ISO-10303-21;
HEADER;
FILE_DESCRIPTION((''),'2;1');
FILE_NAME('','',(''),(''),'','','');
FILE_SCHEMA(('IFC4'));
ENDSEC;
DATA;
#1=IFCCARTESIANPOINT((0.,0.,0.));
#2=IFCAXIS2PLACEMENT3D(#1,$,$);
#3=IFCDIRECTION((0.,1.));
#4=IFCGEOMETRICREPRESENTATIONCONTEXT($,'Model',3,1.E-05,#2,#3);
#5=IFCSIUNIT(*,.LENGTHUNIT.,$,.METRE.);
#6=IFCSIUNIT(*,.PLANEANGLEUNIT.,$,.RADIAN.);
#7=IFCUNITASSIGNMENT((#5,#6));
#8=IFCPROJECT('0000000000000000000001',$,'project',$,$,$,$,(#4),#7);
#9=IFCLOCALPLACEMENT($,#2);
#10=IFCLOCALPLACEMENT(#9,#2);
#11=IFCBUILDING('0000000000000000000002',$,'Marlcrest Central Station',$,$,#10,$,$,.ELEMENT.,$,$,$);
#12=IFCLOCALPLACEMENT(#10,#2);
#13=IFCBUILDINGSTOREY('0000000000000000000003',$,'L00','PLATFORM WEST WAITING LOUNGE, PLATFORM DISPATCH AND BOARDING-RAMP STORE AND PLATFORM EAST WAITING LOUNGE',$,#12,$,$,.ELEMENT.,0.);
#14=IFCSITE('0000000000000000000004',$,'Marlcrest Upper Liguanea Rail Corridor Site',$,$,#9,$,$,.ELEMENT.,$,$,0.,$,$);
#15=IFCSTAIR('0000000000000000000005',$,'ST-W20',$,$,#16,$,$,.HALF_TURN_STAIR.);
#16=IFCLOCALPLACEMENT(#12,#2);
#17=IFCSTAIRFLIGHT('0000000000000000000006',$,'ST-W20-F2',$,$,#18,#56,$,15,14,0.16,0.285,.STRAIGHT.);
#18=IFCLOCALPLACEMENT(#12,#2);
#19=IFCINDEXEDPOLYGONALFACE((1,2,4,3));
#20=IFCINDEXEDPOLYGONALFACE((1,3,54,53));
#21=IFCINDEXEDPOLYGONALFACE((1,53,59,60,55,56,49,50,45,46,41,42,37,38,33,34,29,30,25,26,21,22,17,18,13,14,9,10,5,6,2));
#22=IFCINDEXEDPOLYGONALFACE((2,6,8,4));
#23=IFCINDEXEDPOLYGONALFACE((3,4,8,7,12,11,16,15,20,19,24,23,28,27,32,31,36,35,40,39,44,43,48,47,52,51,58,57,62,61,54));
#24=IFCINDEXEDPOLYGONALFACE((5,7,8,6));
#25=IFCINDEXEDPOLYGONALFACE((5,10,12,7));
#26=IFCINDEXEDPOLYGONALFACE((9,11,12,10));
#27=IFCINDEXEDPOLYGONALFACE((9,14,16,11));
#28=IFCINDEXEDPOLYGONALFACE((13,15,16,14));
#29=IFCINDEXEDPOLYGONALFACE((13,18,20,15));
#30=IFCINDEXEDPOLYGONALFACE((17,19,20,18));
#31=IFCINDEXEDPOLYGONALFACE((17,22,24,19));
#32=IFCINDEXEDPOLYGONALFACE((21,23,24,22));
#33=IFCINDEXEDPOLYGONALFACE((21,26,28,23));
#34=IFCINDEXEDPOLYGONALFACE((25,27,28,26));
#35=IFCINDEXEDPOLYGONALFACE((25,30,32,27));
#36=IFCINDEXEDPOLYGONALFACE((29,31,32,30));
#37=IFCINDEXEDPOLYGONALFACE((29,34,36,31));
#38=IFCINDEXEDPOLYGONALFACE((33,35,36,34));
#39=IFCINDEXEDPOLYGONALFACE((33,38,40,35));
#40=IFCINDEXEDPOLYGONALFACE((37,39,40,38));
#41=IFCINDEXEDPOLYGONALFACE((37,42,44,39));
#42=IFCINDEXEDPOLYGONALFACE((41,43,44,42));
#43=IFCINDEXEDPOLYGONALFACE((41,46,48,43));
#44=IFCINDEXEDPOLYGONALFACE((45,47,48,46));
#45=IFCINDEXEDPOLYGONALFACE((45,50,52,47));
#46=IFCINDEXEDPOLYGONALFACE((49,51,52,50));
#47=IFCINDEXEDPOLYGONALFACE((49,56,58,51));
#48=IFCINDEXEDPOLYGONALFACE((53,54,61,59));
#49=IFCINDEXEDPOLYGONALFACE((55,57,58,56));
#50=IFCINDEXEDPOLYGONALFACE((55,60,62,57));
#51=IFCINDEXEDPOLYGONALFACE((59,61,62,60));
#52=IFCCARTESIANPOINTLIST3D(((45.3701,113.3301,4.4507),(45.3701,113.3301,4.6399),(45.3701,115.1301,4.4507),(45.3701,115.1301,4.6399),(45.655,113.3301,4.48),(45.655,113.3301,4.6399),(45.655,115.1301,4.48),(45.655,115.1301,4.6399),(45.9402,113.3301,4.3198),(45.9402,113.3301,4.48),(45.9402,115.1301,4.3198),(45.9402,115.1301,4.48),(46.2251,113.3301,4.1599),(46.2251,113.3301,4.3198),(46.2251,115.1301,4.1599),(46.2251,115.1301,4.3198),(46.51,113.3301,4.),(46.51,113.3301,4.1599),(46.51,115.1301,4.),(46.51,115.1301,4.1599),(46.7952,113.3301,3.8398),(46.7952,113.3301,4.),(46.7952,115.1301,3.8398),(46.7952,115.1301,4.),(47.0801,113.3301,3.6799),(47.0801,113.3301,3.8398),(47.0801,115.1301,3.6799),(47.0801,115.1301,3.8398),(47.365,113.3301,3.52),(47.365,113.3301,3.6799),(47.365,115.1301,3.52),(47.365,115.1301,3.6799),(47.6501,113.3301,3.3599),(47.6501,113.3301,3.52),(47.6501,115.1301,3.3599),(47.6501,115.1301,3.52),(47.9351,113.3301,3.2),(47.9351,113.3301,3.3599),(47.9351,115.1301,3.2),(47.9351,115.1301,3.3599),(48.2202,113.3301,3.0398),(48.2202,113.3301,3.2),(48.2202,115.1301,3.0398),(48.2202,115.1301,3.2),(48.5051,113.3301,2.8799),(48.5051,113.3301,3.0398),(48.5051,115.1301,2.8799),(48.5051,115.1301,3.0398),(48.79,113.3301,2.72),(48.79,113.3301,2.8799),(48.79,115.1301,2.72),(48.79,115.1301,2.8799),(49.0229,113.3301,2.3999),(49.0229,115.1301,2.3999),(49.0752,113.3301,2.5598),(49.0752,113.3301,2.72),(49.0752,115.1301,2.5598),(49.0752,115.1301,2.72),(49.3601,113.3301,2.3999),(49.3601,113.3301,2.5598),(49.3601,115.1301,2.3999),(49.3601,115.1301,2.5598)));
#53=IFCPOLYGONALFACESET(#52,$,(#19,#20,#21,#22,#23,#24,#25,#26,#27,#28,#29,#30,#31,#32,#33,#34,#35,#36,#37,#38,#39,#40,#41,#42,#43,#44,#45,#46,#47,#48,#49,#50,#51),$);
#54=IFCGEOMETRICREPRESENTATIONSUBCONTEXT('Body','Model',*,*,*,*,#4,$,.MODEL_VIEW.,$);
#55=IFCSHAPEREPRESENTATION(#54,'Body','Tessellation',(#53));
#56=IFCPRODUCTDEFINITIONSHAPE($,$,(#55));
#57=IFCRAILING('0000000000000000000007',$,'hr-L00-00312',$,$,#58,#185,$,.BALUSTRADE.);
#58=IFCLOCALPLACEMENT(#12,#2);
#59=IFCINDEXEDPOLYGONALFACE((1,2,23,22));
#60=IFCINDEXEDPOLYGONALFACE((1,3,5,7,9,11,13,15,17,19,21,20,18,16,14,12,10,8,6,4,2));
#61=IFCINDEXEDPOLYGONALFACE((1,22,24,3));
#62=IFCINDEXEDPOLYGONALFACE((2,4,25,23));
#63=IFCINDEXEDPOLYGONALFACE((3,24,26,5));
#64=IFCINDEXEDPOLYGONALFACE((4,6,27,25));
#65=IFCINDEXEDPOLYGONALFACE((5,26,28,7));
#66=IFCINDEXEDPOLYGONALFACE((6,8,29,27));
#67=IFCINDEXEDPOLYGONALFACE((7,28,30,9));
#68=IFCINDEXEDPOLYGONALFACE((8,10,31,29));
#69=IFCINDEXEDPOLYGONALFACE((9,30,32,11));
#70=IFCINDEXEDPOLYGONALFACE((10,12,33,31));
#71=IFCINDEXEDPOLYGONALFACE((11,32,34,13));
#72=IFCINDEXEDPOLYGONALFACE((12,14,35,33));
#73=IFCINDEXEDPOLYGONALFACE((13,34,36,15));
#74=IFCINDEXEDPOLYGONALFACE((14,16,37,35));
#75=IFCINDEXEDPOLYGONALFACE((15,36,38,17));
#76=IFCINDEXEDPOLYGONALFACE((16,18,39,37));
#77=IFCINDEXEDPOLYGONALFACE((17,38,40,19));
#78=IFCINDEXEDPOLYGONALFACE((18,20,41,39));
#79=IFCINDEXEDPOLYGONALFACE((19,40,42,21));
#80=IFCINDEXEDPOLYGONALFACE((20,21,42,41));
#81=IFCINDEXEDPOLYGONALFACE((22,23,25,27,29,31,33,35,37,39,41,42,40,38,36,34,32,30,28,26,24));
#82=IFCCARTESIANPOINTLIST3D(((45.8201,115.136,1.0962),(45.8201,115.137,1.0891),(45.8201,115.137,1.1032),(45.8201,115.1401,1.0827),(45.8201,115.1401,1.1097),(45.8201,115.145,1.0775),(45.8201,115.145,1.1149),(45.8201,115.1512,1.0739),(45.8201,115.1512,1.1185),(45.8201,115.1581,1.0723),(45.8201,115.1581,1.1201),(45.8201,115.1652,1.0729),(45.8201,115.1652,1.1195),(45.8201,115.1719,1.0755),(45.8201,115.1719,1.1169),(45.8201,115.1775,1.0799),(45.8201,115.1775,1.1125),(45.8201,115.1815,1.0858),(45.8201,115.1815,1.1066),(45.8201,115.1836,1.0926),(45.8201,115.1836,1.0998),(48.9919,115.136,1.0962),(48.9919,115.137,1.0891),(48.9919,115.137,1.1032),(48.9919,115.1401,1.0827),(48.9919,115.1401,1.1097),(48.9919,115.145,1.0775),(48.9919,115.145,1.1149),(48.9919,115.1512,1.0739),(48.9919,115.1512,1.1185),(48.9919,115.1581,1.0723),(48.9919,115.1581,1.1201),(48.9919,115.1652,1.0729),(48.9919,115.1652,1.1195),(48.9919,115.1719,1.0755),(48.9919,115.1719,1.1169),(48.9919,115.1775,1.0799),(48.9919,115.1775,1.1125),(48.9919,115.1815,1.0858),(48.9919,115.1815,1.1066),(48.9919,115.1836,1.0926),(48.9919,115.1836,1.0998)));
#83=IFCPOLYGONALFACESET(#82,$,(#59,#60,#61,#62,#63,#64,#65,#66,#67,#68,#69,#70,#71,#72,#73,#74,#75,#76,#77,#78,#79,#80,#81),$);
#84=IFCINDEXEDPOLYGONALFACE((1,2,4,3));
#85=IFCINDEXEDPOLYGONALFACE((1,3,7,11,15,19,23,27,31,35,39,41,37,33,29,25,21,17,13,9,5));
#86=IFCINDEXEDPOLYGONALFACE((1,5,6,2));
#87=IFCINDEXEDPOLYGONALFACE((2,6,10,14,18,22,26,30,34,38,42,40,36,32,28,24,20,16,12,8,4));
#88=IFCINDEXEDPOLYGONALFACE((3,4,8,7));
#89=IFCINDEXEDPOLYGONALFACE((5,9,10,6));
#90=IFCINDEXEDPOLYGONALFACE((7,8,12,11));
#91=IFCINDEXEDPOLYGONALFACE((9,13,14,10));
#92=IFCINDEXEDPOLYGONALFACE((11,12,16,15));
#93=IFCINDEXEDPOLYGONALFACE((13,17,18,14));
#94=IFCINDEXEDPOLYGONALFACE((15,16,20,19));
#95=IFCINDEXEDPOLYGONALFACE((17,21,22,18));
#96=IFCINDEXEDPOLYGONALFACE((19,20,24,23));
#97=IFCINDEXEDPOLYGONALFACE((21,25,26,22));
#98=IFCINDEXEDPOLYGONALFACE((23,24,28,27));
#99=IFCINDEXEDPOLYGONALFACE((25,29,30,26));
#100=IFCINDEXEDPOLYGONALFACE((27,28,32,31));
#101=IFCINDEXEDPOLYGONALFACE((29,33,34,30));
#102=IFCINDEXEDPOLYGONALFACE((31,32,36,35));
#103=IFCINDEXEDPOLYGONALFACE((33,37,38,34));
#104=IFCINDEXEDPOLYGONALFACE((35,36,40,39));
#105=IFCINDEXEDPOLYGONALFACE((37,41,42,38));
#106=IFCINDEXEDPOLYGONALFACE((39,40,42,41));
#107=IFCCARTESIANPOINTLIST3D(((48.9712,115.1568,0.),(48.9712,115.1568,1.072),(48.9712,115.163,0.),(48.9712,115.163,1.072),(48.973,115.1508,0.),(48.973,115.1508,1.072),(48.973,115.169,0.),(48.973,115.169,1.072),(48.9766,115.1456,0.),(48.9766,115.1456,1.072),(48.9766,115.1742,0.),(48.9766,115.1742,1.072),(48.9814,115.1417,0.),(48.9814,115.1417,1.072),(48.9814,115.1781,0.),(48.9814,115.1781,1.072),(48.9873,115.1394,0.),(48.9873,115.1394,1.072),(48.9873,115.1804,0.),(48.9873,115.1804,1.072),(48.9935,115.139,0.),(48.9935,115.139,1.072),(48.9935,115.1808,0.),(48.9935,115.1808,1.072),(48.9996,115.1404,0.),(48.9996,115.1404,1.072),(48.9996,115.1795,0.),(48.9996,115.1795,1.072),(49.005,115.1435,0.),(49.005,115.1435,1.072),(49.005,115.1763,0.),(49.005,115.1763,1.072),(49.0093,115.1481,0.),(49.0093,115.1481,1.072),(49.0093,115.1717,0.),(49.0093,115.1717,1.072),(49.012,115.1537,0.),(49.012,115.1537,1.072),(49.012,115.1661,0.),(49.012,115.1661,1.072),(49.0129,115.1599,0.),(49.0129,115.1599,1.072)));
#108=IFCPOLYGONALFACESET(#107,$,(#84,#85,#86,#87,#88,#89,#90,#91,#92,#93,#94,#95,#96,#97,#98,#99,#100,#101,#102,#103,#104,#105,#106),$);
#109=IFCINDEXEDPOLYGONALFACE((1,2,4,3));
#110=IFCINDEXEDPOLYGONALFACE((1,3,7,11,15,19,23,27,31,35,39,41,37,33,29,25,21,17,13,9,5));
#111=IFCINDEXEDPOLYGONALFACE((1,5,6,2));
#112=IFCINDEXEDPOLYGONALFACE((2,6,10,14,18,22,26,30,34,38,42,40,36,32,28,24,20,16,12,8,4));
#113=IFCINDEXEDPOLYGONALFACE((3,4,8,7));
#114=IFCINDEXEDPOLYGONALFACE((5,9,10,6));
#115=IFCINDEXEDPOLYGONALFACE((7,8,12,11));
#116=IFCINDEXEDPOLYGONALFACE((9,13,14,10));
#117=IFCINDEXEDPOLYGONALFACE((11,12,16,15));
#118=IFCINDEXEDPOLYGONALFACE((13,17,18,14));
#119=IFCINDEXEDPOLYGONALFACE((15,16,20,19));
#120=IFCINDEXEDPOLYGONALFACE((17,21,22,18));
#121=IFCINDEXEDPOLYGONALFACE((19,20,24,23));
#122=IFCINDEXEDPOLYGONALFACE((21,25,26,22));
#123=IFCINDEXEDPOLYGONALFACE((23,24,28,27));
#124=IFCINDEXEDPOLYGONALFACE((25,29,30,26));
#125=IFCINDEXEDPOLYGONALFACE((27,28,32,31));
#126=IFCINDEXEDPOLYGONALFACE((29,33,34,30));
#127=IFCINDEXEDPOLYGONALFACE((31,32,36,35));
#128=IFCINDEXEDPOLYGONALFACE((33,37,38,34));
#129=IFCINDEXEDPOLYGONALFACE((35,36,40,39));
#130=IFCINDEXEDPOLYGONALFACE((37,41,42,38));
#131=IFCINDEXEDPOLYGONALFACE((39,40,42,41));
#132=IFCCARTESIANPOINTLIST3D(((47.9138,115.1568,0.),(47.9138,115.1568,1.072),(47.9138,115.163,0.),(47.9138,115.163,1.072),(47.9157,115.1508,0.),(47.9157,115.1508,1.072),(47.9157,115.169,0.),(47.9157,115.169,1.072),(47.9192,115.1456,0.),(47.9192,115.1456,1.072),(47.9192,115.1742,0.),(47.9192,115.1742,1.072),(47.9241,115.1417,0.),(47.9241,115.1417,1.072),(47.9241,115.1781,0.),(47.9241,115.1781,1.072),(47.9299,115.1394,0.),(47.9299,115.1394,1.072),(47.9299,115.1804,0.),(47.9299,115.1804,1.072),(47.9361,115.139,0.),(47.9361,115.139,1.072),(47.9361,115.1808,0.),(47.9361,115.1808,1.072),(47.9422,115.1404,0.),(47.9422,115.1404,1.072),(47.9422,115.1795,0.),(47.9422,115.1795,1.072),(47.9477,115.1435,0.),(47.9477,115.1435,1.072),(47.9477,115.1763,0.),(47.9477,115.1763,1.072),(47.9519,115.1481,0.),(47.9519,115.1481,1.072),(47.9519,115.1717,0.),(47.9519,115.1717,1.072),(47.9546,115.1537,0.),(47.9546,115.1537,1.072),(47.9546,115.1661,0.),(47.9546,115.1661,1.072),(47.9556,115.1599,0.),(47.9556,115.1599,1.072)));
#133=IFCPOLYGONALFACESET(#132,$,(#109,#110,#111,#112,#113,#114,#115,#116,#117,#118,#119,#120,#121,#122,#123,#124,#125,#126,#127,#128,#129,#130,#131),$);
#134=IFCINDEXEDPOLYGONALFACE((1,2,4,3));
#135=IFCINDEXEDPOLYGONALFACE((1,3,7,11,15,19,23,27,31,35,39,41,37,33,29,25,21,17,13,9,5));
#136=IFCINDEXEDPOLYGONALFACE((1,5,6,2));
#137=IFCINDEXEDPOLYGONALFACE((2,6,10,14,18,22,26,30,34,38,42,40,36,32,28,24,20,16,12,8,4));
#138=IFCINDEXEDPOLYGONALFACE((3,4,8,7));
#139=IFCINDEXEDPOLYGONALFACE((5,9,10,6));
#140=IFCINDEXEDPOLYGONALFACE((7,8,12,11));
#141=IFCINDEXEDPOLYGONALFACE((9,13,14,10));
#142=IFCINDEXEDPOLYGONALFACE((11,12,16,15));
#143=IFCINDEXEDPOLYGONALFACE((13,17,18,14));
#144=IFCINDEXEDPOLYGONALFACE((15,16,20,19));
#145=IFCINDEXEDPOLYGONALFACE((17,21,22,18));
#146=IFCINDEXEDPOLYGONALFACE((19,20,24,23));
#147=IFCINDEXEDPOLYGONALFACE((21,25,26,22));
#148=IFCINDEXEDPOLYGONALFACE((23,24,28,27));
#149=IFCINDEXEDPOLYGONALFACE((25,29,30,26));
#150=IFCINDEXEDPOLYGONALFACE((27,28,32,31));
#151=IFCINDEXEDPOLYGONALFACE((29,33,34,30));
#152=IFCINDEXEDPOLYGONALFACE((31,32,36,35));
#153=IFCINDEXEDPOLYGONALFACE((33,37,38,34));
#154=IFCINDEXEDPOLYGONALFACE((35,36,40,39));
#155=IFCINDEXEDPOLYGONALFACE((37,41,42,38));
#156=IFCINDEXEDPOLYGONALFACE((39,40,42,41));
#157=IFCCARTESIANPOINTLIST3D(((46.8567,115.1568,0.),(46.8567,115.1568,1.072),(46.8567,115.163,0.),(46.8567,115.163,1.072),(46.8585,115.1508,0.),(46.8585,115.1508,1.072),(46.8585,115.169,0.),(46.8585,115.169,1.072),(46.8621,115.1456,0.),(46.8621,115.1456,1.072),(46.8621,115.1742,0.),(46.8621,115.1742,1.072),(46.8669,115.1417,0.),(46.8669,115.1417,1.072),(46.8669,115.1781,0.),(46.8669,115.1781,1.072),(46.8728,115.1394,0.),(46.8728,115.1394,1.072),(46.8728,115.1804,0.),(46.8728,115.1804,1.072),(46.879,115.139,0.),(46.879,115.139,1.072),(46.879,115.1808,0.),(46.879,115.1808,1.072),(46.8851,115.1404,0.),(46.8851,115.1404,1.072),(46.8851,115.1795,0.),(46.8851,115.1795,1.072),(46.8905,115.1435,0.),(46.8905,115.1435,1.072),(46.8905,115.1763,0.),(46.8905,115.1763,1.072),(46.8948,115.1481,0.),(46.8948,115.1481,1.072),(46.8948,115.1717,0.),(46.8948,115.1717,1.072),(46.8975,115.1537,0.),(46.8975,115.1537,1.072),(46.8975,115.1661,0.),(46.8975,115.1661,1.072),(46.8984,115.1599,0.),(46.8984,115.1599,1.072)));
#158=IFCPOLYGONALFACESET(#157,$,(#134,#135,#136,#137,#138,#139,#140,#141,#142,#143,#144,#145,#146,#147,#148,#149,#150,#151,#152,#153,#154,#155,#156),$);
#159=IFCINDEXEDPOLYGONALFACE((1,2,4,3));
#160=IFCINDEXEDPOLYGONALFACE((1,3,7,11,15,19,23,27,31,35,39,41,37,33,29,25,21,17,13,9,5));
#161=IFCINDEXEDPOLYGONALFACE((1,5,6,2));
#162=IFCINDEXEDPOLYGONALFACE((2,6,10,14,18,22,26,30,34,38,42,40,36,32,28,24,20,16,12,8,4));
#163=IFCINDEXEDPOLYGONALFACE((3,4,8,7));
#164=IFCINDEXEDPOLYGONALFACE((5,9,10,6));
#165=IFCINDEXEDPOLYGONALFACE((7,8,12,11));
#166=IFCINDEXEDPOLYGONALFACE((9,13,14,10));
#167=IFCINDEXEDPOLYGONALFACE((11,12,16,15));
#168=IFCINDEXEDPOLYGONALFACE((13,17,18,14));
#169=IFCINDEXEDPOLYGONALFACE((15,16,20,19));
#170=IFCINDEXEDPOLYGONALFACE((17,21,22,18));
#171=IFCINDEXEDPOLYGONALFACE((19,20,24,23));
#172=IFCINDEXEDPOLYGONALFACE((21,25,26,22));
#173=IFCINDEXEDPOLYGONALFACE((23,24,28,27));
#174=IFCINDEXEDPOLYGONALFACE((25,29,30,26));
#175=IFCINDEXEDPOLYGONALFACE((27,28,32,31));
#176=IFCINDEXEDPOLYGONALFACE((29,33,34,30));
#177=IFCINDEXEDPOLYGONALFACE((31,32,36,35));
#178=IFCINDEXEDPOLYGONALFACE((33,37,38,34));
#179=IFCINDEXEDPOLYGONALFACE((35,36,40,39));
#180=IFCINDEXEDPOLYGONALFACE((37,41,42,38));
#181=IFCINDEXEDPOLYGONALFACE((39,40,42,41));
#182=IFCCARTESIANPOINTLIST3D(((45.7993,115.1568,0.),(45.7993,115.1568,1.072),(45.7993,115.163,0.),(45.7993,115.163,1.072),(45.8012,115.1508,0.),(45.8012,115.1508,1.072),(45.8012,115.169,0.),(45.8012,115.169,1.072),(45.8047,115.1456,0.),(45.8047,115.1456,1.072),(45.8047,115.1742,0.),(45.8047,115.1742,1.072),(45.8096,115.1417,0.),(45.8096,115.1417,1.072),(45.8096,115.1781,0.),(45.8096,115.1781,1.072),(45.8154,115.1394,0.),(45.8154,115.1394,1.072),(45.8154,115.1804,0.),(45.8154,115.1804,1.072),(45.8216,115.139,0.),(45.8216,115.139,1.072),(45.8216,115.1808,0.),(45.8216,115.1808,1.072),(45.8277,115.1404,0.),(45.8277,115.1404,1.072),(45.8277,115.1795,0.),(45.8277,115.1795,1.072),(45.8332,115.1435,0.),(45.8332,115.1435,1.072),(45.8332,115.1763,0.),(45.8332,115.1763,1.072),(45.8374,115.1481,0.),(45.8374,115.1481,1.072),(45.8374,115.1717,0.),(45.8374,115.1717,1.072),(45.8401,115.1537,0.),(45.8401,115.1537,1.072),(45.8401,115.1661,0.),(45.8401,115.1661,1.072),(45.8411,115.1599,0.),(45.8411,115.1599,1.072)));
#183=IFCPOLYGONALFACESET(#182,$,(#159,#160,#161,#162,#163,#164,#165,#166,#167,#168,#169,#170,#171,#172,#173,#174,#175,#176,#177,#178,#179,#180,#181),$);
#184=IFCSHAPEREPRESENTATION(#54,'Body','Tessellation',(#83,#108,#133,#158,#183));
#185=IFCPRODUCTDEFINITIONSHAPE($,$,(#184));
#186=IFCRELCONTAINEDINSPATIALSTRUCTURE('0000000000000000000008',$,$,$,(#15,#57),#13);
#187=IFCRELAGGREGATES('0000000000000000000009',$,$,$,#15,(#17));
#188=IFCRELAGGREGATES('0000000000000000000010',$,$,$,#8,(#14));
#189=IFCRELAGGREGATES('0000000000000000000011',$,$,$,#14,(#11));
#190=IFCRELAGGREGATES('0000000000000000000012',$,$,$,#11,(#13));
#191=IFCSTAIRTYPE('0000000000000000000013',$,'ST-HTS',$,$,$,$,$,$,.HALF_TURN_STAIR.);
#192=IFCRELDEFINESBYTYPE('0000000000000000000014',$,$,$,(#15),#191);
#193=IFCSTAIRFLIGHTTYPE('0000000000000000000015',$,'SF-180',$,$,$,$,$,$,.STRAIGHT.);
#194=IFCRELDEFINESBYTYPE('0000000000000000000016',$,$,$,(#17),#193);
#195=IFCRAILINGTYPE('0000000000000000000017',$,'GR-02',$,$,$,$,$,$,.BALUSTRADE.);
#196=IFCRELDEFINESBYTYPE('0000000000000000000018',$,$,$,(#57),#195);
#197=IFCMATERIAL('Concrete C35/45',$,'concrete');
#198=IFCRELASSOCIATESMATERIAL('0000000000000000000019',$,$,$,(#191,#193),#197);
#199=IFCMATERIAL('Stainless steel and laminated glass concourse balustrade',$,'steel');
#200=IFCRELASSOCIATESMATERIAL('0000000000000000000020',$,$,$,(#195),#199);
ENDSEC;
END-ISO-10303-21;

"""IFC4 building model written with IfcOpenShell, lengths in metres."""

from ifc_helpers import new_model, si_unit, direction, frame, origin, origin_2d, place, context, subcontext, project, spatial, polyline, circle, outline, extrude, material, type_object, element, aggregate, save


model = new_model("IFC4")

# Units and contexts
model_context = context("Model", 3, precision=1e-05, world=origin(), true_north=direction((0.0, 1.0)))
body_context = subcontext(model_context, "Body", "Model", "MODEL_VIEW")
ifc_project = project(units=[si_unit("LENGTHUNIT", "METRE"), si_unit("PLANEANGLEUNIT", "RADIAN")], contexts=[model_context])

# Site, building, storey
site_placement = place(None, origin())
site = spatial("IfcSite", under=ifc_project, at=site_placement, Name="Marlcrest Upper Liguanea Rail Corridor Site", CompositionType="ELEMENT", RefElevation=0.0)
building_placement = place(site_placement, origin())
building = spatial("IfcBuilding", under=site, at=building_placement, Name="Marlcrest Central Station", CompositionType="ELEMENT")
storey_placement = place(building_placement, origin())
storey = spatial("IfcBuildingStorey", under=building, at=storey_placement, Name="L00", Description="PLATFORM WEST WAITING LOUNGE, PLATFORM DISPATCH AND BOARDING-RAMP STORE AND PLATFORM EAST WAITING LOUNGE", CompositionType="ELEMENT", Elevation=0.0)

# Stair, stair flight
ifc_material_1 = material(Name="Concrete C35/45", Category="concrete")
stair_type = type_object("IfcStairType", Name="ST-HTS", PredefinedType="HALF_TURN_STAIR", material=ifc_material_1)
stair_placement = place(storey_placement, origin())
stair = element("IfcStair", 1, at=stair_placement, inside=storey, type_object=stair_type, Name="ST-W20", PredefinedType="HALF_TURN_STAIR")
stair_flight_type = type_object("IfcStairFlightType", Name="SF-180", PredefinedType="STRAIGHT", material=ifc_material_1)
stair_flight_1_placement = place(storey_placement, frame((49.3601, 114.23, 2.3999), z_axis=(0.0, 0.0, 1.0), x_axis=(-1.0, 0.0, 0.0)))
stair_flight_1 = element("IfcStairFlight", 2, at=stair_flight_1_placement, type_object=stair_flight_type, Name="ST-W20-F2", NumberOfRisers=15, NumberOfTreads=14, PredefinedType="STRAIGHT", RiserHeight=0.16, TreadLength=0.285, context=body_context, shape_type="SweptSolid", body=[
    extrude(outline(polyline([(0.0, 0.0), (0.0, 0.1599), (0.2849, 0.1599), (0.2849, 0.3201), (0.5701, 0.3201), (0.5701, 0.48), (0.855, 0.48), (0.855, 0.6399), (1.1399, 0.6399), (1.1399, 0.8), (1.425, 0.8), (1.425, 0.96), (1.71, 0.96), (1.71, 1.1201), (1.9951, 1.1201), (1.9951, 1.28), (2.28, 1.28), (2.28, 1.4399), (2.5649, 1.4399), (2.5649, 1.6001), (2.8501, 1.6001), (2.8501, 1.76), (3.135, 1.76), (3.135, 1.9199), (3.4199, 1.9199), (3.4199, 2.0801), (3.7051, 2.0801), (3.7051, 2.24), (3.99, 2.24), (3.99, 2.3999), (3.99, 2.0508), (0.3372, 0.0), (0.0, 0.0)])), frame((0.0, 0.8999, 0.0), z_axis=(0.0, -1.0, 0.0), x_axis=(1.0, 0.0, 0.0)), (0.0, 0.0, 1.0), 1.8),
])
aggregate(stair, [stair_flight_1])

# Railing
ifc_material_2 = material(Name="Stainless steel and laminated glass concourse balustrade", Category="steel")
railing_type_1 = type_object("IfcRailingType", Name="GR-02", PredefinedType="BALUSTRADE", material=ifc_material_2)
railing_1_placement = place(storey_placement, frame((48.9919, 115.1599, 0.0)))
element("IfcRailing", 3, at=railing_1_placement, inside=storey, type_object=railing_type_1, Name="hr-L00-00312", PredefinedType="BALUSTRADE", context=body_context, shape_type="SweptSolid", body=[
    extrude(circle(Radius=0.0239, at=origin_2d()), frame((0.0, 0.0, 1.0962), z_axis=(-1.0, 0.0, 0.0), x_axis=(0.0, -1.0, 0.0)), (0.0, 0.0, 1.0), 3.1719),
    extrude(circle(Radius=0.021, at=origin_2d()), origin(), (0.0, 0.0, 1.0), 1.072),
    extrude(circle(Radius=0.021, at=origin_2d()), frame((-1.0574, 0.0, 0.0)), (0.0, 0.0, 1.0), 1.072),
    extrude(circle(Radius=0.021, at=origin_2d()), frame((-2.1145, 0.0, 0.0)), (0.0, 0.0, 1.0), 1.072),
    extrude(circle(Radius=0.021, at=origin_2d()), frame((-3.1719, 0.0, 0.0)), (0.0, 0.0, 1.0), 1.072),
])

save(model, "model.ifc")
